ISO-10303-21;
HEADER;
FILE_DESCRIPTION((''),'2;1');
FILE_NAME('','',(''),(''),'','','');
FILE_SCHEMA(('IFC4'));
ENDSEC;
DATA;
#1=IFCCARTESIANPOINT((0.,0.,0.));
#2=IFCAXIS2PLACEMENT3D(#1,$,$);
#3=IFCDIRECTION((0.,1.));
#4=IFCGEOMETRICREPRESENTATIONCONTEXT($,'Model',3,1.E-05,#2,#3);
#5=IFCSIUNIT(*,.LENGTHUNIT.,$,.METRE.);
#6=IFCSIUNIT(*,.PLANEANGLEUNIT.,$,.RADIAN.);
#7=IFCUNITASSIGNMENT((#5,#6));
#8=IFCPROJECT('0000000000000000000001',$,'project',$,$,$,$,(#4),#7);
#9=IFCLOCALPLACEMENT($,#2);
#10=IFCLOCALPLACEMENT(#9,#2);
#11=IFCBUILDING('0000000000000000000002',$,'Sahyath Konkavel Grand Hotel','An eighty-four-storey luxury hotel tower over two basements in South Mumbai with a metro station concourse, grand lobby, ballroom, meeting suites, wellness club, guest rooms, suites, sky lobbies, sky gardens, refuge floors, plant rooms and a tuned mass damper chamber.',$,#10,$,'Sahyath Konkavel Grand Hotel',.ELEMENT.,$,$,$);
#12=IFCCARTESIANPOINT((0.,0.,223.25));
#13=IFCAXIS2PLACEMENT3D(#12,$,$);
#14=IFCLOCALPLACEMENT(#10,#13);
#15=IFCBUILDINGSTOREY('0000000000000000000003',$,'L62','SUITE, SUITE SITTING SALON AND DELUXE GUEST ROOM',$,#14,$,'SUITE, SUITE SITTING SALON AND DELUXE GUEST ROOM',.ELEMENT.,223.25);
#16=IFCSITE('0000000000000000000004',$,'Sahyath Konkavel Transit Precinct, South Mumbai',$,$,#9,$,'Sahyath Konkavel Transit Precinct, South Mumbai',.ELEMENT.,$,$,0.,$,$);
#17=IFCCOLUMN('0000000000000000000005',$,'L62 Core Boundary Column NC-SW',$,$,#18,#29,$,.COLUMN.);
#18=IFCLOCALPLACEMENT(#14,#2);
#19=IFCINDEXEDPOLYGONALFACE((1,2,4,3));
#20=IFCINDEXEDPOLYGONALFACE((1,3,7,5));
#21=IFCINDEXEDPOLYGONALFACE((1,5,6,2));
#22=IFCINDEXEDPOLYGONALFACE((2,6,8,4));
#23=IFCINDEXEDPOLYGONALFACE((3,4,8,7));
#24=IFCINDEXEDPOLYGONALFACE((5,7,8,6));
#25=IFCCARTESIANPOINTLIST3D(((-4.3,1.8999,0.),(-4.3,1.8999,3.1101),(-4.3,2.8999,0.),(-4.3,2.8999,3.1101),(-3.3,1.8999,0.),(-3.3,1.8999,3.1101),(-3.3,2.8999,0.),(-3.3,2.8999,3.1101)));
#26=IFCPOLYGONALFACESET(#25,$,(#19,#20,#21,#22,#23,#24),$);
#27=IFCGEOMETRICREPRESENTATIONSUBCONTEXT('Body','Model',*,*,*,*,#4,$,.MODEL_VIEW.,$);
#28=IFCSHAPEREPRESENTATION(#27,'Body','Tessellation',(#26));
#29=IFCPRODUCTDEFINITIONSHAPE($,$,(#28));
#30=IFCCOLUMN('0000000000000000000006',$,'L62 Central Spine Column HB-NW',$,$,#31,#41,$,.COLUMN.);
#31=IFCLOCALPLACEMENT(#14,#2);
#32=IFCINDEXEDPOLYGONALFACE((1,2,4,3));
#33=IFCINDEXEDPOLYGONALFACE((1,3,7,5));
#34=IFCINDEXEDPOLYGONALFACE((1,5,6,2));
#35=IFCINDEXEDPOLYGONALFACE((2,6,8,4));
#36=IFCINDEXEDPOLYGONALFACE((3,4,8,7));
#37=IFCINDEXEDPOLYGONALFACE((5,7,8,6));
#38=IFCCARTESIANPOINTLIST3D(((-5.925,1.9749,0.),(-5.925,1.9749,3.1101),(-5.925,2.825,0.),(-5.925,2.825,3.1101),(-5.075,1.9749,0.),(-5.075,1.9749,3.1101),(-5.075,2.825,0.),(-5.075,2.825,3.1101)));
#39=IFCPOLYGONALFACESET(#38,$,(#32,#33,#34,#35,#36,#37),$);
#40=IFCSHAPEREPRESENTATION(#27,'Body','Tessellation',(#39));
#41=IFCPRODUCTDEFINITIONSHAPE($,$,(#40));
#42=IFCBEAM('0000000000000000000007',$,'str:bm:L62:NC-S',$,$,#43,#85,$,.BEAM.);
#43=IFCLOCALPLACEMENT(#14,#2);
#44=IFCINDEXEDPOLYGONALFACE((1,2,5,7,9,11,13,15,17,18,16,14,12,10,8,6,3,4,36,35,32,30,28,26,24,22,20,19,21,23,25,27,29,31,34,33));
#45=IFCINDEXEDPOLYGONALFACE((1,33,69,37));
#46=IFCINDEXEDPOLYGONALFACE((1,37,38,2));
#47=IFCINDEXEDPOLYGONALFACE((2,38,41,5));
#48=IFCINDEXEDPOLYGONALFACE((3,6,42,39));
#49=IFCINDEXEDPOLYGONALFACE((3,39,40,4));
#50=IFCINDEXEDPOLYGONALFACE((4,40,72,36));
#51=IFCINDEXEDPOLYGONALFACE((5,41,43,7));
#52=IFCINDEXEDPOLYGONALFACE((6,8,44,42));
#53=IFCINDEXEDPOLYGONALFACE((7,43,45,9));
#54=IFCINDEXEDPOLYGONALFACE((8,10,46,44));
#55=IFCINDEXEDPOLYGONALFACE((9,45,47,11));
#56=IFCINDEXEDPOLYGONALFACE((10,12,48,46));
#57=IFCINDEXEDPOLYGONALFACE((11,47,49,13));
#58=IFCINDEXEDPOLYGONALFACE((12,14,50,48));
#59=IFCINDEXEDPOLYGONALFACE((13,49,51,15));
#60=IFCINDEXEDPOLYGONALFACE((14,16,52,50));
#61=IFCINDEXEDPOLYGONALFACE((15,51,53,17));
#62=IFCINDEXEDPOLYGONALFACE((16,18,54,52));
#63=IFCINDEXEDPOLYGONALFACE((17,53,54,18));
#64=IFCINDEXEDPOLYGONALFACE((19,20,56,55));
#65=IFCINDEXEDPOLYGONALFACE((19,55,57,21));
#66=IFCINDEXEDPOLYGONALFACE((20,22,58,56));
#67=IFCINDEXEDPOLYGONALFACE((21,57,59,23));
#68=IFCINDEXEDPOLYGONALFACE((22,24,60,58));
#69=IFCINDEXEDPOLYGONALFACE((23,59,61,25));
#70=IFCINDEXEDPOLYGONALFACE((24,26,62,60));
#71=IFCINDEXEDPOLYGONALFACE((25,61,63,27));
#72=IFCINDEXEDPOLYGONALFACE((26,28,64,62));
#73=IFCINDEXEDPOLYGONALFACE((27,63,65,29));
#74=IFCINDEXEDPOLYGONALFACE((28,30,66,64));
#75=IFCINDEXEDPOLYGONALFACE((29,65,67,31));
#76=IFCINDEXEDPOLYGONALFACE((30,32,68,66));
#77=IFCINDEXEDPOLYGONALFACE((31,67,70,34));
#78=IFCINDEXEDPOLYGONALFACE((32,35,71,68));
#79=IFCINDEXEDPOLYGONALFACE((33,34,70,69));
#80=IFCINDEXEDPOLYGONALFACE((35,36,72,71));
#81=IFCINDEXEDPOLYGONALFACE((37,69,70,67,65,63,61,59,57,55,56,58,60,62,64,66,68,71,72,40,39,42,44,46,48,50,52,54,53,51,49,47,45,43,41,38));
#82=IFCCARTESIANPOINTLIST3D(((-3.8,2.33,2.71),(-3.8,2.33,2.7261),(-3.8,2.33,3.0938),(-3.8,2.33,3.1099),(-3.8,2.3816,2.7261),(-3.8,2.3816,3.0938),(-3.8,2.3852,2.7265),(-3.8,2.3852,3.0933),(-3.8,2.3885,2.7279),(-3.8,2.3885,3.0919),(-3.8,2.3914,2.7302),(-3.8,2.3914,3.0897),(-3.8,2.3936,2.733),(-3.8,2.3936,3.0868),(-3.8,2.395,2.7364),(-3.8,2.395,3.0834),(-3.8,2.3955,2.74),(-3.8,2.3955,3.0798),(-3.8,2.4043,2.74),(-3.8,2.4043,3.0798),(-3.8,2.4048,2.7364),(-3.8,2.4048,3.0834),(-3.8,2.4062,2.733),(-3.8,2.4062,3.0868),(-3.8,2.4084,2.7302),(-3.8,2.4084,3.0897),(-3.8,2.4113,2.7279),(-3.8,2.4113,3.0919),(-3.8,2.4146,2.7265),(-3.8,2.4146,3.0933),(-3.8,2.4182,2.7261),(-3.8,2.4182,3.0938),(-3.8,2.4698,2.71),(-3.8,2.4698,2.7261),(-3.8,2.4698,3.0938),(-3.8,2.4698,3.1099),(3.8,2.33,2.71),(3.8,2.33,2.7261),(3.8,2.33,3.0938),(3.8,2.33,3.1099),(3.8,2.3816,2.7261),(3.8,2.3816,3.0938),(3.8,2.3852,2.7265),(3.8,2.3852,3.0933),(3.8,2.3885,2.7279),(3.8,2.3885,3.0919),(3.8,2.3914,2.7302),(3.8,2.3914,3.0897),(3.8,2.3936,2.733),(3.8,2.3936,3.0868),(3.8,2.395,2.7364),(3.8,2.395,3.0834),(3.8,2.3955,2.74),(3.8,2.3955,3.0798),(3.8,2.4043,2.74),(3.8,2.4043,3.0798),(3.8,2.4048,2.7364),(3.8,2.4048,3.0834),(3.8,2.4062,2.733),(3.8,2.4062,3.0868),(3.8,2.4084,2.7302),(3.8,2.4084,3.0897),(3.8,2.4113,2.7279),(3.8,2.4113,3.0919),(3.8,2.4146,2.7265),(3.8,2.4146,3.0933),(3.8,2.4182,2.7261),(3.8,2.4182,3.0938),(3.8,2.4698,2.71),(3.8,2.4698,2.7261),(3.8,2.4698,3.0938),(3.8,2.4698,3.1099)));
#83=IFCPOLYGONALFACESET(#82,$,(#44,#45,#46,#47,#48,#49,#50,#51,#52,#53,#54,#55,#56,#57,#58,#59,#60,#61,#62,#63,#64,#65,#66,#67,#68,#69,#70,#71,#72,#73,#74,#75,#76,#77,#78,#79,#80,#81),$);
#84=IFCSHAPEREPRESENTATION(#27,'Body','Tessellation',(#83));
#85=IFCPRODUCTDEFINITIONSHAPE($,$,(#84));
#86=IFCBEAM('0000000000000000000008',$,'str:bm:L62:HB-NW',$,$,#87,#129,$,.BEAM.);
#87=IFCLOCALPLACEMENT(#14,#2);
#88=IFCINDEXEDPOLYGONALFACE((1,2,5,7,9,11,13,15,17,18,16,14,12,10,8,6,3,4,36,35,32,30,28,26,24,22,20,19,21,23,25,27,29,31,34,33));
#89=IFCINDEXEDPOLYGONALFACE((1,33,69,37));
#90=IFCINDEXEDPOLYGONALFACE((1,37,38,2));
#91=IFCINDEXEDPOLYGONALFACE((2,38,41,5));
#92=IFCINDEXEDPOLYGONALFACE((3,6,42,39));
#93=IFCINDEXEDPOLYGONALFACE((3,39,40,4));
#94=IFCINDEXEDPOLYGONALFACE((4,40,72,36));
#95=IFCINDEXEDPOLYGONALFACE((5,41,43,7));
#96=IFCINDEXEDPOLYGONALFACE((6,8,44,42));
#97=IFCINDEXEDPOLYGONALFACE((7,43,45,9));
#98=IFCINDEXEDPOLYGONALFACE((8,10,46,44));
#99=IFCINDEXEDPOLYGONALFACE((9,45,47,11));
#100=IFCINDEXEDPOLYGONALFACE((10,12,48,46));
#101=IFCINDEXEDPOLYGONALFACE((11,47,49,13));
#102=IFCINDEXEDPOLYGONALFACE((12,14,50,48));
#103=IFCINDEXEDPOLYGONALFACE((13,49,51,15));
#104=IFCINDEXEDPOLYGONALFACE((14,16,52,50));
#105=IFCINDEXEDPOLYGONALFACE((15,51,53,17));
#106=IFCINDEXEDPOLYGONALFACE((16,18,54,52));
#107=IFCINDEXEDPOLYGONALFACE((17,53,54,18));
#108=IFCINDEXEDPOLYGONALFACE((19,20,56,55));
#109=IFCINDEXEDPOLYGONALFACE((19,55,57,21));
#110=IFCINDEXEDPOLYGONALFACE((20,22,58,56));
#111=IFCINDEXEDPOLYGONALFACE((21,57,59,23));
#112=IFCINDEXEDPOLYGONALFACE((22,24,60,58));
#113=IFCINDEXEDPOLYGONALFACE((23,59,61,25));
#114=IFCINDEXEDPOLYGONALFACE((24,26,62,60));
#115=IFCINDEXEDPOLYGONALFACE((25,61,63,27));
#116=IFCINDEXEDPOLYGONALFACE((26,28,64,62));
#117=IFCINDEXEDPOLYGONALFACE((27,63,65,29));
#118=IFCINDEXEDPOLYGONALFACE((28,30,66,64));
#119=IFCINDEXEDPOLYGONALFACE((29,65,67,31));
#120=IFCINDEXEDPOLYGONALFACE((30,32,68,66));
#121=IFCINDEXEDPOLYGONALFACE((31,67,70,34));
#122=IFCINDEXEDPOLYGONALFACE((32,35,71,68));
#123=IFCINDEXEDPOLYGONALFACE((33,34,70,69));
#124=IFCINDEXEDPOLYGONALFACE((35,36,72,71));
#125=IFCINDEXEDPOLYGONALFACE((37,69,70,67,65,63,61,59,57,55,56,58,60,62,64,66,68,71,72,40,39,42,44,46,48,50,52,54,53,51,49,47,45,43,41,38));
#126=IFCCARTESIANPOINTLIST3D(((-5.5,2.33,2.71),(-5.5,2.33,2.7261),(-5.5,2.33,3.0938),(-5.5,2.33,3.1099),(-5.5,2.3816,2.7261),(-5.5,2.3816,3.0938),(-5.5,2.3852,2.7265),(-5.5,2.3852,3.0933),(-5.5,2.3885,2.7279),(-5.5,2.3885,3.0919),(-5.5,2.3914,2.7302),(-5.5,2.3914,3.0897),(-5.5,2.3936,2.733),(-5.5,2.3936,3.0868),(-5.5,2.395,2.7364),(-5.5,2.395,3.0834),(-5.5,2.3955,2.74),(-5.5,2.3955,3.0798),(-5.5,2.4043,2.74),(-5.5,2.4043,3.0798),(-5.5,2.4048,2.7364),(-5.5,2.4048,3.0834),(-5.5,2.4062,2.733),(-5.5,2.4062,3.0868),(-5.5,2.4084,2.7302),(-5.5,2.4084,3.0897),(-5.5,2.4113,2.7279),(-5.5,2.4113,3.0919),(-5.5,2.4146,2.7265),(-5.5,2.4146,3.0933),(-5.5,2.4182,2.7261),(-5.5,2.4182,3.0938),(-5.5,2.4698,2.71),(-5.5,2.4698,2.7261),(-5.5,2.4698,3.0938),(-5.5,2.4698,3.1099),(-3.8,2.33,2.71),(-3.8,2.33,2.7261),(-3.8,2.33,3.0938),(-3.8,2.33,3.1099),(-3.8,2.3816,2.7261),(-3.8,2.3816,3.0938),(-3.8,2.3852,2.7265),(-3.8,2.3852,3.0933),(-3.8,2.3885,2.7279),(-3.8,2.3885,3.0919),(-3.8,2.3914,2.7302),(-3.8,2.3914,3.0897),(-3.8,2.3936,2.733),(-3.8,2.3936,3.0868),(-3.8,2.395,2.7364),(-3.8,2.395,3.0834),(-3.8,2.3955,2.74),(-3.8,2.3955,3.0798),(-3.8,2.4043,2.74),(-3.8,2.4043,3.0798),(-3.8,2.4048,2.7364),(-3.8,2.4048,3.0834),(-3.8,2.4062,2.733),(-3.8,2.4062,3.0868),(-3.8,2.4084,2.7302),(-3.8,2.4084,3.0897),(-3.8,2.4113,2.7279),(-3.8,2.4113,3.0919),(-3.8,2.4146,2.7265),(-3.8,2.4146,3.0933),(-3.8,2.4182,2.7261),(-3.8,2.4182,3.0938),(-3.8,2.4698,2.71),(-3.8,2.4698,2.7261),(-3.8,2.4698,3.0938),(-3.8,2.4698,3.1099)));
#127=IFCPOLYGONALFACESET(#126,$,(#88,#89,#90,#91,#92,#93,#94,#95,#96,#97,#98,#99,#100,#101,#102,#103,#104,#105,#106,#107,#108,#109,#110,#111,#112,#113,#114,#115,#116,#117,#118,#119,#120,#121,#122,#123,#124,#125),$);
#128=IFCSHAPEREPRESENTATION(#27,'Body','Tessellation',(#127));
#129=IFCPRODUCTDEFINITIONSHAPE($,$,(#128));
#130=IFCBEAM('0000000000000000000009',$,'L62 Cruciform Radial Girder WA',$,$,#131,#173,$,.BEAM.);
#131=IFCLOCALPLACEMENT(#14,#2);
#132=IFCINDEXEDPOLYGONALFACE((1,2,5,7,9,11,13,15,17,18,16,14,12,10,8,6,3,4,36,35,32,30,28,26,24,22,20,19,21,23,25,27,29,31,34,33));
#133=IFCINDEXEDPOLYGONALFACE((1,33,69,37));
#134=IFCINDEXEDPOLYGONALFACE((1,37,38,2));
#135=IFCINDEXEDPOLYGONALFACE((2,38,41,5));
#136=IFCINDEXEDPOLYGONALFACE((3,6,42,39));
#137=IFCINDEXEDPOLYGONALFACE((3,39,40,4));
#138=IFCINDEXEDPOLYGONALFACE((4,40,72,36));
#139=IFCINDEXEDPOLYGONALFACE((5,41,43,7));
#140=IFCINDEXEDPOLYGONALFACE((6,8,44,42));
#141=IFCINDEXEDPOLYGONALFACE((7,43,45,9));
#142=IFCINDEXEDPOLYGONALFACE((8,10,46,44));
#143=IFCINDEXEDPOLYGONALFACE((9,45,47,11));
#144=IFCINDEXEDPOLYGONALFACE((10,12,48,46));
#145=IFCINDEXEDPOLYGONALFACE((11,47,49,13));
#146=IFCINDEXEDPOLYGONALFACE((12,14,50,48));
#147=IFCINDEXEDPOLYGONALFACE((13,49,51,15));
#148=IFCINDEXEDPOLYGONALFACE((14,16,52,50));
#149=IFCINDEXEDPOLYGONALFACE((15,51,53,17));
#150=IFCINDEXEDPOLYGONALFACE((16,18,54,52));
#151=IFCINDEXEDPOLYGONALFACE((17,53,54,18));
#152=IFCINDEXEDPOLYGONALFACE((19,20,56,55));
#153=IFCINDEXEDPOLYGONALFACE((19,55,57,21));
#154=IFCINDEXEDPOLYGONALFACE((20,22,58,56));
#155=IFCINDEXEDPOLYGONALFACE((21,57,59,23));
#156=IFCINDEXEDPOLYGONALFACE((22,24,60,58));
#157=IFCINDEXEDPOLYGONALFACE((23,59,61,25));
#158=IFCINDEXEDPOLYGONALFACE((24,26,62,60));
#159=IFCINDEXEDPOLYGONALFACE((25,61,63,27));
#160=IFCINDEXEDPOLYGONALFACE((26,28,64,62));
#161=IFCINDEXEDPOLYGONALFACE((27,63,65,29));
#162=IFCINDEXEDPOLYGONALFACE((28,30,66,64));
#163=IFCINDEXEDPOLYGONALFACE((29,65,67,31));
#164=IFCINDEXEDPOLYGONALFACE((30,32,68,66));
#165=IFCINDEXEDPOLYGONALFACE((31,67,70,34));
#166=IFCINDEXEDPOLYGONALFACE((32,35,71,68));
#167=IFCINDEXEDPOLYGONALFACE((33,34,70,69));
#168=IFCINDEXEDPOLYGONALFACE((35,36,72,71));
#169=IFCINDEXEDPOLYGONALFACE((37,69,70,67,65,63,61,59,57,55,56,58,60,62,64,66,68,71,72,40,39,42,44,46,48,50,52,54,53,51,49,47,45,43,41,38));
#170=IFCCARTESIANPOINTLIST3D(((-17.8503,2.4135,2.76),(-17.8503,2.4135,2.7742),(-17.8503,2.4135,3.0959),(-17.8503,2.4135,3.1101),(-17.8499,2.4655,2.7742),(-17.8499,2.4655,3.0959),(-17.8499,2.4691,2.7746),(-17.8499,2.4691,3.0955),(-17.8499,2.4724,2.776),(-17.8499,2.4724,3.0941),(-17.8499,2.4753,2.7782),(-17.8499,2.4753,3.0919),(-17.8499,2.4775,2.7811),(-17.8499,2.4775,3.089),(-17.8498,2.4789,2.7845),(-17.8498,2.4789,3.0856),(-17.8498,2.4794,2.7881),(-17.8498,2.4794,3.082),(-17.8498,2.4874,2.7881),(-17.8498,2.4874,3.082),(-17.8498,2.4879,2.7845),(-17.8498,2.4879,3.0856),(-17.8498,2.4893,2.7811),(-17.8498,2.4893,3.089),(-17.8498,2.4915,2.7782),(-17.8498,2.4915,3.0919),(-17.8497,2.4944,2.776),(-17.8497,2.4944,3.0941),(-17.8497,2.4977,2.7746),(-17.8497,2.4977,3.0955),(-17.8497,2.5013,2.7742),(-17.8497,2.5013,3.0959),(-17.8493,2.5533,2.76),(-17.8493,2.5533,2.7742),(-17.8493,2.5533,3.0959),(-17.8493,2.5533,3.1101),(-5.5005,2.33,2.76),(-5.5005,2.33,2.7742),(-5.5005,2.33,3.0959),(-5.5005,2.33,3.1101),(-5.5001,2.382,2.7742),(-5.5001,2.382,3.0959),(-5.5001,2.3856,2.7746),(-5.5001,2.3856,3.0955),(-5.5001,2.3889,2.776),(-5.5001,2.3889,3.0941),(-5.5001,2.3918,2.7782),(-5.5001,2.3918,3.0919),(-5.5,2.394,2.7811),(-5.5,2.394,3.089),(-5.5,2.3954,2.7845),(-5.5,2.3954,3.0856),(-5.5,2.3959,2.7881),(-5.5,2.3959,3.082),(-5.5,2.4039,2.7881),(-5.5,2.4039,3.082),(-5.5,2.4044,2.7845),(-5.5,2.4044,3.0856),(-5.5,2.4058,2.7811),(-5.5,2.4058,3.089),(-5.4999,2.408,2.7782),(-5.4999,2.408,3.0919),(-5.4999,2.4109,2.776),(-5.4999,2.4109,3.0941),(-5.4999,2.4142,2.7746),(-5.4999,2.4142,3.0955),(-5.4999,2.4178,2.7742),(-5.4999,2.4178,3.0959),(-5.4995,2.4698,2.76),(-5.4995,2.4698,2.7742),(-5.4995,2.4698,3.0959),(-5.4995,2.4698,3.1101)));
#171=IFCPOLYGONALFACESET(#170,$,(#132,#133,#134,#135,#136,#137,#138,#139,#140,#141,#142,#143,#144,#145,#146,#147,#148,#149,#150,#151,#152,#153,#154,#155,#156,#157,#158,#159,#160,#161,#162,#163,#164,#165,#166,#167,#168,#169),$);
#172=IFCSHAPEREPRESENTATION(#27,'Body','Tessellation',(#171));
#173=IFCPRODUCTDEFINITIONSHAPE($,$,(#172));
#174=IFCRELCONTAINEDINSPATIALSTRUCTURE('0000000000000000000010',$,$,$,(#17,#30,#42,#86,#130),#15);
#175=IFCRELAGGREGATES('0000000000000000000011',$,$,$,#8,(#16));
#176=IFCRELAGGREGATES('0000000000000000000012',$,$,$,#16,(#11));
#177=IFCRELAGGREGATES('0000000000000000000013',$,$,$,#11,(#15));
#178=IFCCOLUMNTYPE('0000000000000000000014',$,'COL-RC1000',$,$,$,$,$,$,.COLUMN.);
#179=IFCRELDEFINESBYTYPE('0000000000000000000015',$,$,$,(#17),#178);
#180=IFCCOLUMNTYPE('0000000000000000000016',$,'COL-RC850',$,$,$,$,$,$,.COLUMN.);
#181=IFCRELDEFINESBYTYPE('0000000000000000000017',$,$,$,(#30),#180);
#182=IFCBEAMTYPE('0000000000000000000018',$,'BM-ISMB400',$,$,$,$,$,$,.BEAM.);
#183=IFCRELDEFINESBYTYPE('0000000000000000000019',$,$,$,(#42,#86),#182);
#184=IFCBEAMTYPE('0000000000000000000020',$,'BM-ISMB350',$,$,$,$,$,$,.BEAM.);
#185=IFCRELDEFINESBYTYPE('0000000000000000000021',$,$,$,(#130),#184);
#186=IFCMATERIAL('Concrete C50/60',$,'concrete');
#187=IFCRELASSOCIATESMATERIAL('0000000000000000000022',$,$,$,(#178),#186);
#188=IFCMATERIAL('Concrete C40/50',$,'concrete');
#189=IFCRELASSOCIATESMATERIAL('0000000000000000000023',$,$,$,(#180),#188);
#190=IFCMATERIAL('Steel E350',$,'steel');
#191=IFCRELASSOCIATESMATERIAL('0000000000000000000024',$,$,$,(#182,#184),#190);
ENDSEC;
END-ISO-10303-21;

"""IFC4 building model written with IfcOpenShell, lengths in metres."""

from ifc_helpers import new_model, si_unit, direction, frame, origin, origin_2d, place, context, subcontext, project, spatial, rectangle, i_section, extrude, source, transform, mapped, material, material_profile, profile_set, type_object, element, save


model = new_model("IFC4")

# Units and contexts
model_context = context("Model", 3, precision=1e-05, world=origin(), true_north=direction((0.0, 1.0)))
body_context = subcontext(model_context, "Body", "Model", "MODEL_VIEW")
ifc_project = project(units=[si_unit("LENGTHUNIT", "METRE"), si_unit("PLANEANGLEUNIT", "RADIAN")], contexts=[model_context])

# Site, building, storey
site_placement = place(None, origin())
site = spatial("IfcSite", under=ifc_project, at=site_placement, Name="Sahyath Konkavel Transit Precinct, South Mumbai", LongName="Sahyath Konkavel Transit Precinct, South Mumbai", CompositionType="ELEMENT", RefElevation=0.0)
building_placement = place(site_placement, origin())
building = spatial("IfcBuilding", under=site, at=building_placement, Name="Sahyath Konkavel Grand Hotel", Description="An eighty-four-storey luxury hotel tower over two basements in South Mumbai with a metro station concourse, grand lobby, ballroom, meeting suites, wellness club, guest rooms, suites, sky lobbies, sky gardens, refuge floors, plant rooms and a tuned mass damper chamber.", LongName="Sahyath Konkavel Grand Hotel", CompositionType="ELEMENT")
storey_placement = place(building_placement, frame((0.0, 0.0, 223.25)))
storey = spatial("IfcBuildingStorey", under=building, at=storey_placement, Name="L62", Description="SUITE, SUITE SITTING SALON AND DELUXE GUEST ROOM", LongName="SUITE, SUITE SITTING SALON AND DELUXE GUEST ROOM", CompositionType="ELEMENT", Elevation=223.25)

# Columns
ifc_material_1 = material(Name="Concrete C50/60", Category="concrete")
ifc_material_profile_1 = material_profile(ifc_material_1, rectangle(XDim=1.0, YDim=1.0, at=origin_2d()), Name="RC 1000x1000")
ifc_profile_set_1 = profile_set([ifc_material_profile_1], Name="Concrete C50/60")
column_type_1 = type_object("IfcColumnType", Name="COL-RC1000", PredefinedType="COLUMN", material=ifc_profile_set_1)
shared_shape_1 = source(origin(), body_context, "Body", "SweptSolid", [
    extrude(rectangle(XDim=1.0, YDim=1.0, at=origin_2d()), origin(), (0.0, 0.0, 1.0), 3.1101),
])
column_1_placement = place(storey_placement, frame((-3.8, 2.3999, 0.0), z_axis=(0.0, 0.0, 1.0), x_axis=(1.0, 0.0, 0.0)))
element("IfcColumn", 1, at=column_1_placement, inside=storey, type_object=column_type_1, Name="L62 Core Boundary Column NC-SW", PredefinedType="COLUMN", context=body_context, shape_type="MappedRepresentation", body=[
    mapped(shared_shape_1, transform((0.0, 0.0, 0.0), scale=1.0)),
])
ifc_material_2 = material(Name="Concrete C40/50", Category="concrete")
ifc_material_profile_2 = material_profile(ifc_material_2, rectangle(XDim=0.8501, YDim=0.8501, at=origin_2d()), Name="RC 850x850")
ifc_profile_set_2 = profile_set([ifc_material_profile_2], Name="Concrete C40/50")
column_type_2 = type_object("IfcColumnType", Name="COL-RC850", PredefinedType="COLUMN", material=ifc_profile_set_2)
shared_shape_2 = source(origin(), body_context, "Body", "SweptSolid", [
    extrude(rectangle(XDim=0.8501, YDim=0.8501, at=origin_2d()), origin(), (0.0, 0.0, 1.0), 3.1101),
])
column_2_placement = place(storey_placement, frame((-5.5, 2.3999, 0.0), z_axis=(0.0, 0.0, 1.0), x_axis=(1.0, 0.0, 0.0)))
element("IfcColumn", 2, at=column_2_placement, inside=storey, type_object=column_type_2, Name="L62 Central Spine Column HB-NW", PredefinedType="COLUMN", context=body_context, shape_type="MappedRepresentation", body=[
    mapped(shared_shape_2, transform((0.0, 0.0, 0.0), scale=1.0)),
])

# Beams
ifc_material_3 = material(Name="Steel E350", Category="steel")
ifc_material_profile_3 = material_profile(ifc_material_3, i_section(OverallWidth=0.1399, OverallDepth=0.3999, WebThickness=0.0088, FlangeThickness=0.0161, FilletRadius=0.0139, at=origin_2d()), Name="ISMB 400")
ifc_profile_set_3 = profile_set([ifc_material_profile_3], Name="Steel E350")
beam_type_1 = type_object("IfcBeamType", Name="BM-ISMB400", PredefinedType="BEAM", material=ifc_profile_set_3)
shared_shape_3 = source(origin(), body_context, "Body", "SweptSolid", [
    extrude(i_section(OverallWidth=0.1399, OverallDepth=0.3999, WebThickness=0.0088, FlangeThickness=0.0161, FilletRadius=0.0139, at=origin_2d()), origin(), (0.0, 0.0, 1.0), 7.6001),
])
beam_1_placement = place(storey_placement, frame((-3.8, 2.3999, 2.9099), z_axis=(1.0, 0.0, 0.0), x_axis=(0.0, 1.0, 0.0)))
element("IfcBeam", 3, at=beam_1_placement, inside=storey, type_object=beam_type_1, Name="str:bm:L62:NC-S", PredefinedType="BEAM", context=body_context, shape_type="MappedRepresentation", body=[
    mapped(shared_shape_3, transform((0.0, 0.0, 0.0), scale=1.0)),
])
shared_shape_4 = source(origin(), body_context, "Body", "SweptSolid", [
    extrude(i_section(OverallWidth=0.1399, OverallDepth=0.3999, WebThickness=0.0088, FlangeThickness=0.0161, FilletRadius=0.0139, at=origin_2d()), origin(), (0.0, 0.0, 1.0), 1.7),
])
beam_2_placement = place(storey_placement, frame((-5.5, 2.3999, 2.9099), z_axis=(1.0, 0.0, 0.0), x_axis=(0.0, 1.0, 0.0)))
element("IfcBeam", 4, at=beam_2_placement, inside=storey, type_object=beam_type_1, Name="str:bm:L62:HB-NW", PredefinedType="BEAM", context=body_context, shape_type="MappedRepresentation", body=[
    mapped(shared_shape_4, transform((0.0, 0.0, 0.0), scale=1.0)),
])
ifc_material_profile_4 = material_profile(ifc_material_3, i_section(OverallWidth=0.1399, OverallDepth=0.3501, WebThickness=0.0081, FlangeThickness=0.0142, FilletRadius=0.0139, at=origin_2d()), Name="ISMB 350")
ifc_profile_set_4 = profile_set([ifc_material_profile_4], Name="Steel E350")
beam_type_2 = type_object("IfcBeamType", Name="BM-ISMB350", PredefinedType="BEAM", material=ifc_profile_set_4)
shared_shape_5 = source(origin(), body_context, "Body", "SweptSolid", [
    extrude(i_section(OverallWidth=0.1399, OverallDepth=0.3501, WebThickness=0.0081, FlangeThickness=0.0142, FilletRadius=0.0139, at=origin_2d()), origin(), (0.0, 0.0, 1.0), 12.3501),
])
beam_3_placement = place(storey_placement, frame((-5.5, 2.3999, 2.9351), z_axis=(-0.999977, 0.006761, 0.0), x_axis=(-0.006761, -0.999977, 0.0)))
element("IfcBeam", 5, at=beam_3_placement, inside=storey, type_object=beam_type_2, Name="L62 Cruciform Radial Girder WA", PredefinedType="BEAM", context=body_context, shape_type="MappedRepresentation", body=[
    mapped(shared_shape_5, transform((0.0, 0.0, 0.0), scale=1.0)),
])

save(model, "model.ifc")
